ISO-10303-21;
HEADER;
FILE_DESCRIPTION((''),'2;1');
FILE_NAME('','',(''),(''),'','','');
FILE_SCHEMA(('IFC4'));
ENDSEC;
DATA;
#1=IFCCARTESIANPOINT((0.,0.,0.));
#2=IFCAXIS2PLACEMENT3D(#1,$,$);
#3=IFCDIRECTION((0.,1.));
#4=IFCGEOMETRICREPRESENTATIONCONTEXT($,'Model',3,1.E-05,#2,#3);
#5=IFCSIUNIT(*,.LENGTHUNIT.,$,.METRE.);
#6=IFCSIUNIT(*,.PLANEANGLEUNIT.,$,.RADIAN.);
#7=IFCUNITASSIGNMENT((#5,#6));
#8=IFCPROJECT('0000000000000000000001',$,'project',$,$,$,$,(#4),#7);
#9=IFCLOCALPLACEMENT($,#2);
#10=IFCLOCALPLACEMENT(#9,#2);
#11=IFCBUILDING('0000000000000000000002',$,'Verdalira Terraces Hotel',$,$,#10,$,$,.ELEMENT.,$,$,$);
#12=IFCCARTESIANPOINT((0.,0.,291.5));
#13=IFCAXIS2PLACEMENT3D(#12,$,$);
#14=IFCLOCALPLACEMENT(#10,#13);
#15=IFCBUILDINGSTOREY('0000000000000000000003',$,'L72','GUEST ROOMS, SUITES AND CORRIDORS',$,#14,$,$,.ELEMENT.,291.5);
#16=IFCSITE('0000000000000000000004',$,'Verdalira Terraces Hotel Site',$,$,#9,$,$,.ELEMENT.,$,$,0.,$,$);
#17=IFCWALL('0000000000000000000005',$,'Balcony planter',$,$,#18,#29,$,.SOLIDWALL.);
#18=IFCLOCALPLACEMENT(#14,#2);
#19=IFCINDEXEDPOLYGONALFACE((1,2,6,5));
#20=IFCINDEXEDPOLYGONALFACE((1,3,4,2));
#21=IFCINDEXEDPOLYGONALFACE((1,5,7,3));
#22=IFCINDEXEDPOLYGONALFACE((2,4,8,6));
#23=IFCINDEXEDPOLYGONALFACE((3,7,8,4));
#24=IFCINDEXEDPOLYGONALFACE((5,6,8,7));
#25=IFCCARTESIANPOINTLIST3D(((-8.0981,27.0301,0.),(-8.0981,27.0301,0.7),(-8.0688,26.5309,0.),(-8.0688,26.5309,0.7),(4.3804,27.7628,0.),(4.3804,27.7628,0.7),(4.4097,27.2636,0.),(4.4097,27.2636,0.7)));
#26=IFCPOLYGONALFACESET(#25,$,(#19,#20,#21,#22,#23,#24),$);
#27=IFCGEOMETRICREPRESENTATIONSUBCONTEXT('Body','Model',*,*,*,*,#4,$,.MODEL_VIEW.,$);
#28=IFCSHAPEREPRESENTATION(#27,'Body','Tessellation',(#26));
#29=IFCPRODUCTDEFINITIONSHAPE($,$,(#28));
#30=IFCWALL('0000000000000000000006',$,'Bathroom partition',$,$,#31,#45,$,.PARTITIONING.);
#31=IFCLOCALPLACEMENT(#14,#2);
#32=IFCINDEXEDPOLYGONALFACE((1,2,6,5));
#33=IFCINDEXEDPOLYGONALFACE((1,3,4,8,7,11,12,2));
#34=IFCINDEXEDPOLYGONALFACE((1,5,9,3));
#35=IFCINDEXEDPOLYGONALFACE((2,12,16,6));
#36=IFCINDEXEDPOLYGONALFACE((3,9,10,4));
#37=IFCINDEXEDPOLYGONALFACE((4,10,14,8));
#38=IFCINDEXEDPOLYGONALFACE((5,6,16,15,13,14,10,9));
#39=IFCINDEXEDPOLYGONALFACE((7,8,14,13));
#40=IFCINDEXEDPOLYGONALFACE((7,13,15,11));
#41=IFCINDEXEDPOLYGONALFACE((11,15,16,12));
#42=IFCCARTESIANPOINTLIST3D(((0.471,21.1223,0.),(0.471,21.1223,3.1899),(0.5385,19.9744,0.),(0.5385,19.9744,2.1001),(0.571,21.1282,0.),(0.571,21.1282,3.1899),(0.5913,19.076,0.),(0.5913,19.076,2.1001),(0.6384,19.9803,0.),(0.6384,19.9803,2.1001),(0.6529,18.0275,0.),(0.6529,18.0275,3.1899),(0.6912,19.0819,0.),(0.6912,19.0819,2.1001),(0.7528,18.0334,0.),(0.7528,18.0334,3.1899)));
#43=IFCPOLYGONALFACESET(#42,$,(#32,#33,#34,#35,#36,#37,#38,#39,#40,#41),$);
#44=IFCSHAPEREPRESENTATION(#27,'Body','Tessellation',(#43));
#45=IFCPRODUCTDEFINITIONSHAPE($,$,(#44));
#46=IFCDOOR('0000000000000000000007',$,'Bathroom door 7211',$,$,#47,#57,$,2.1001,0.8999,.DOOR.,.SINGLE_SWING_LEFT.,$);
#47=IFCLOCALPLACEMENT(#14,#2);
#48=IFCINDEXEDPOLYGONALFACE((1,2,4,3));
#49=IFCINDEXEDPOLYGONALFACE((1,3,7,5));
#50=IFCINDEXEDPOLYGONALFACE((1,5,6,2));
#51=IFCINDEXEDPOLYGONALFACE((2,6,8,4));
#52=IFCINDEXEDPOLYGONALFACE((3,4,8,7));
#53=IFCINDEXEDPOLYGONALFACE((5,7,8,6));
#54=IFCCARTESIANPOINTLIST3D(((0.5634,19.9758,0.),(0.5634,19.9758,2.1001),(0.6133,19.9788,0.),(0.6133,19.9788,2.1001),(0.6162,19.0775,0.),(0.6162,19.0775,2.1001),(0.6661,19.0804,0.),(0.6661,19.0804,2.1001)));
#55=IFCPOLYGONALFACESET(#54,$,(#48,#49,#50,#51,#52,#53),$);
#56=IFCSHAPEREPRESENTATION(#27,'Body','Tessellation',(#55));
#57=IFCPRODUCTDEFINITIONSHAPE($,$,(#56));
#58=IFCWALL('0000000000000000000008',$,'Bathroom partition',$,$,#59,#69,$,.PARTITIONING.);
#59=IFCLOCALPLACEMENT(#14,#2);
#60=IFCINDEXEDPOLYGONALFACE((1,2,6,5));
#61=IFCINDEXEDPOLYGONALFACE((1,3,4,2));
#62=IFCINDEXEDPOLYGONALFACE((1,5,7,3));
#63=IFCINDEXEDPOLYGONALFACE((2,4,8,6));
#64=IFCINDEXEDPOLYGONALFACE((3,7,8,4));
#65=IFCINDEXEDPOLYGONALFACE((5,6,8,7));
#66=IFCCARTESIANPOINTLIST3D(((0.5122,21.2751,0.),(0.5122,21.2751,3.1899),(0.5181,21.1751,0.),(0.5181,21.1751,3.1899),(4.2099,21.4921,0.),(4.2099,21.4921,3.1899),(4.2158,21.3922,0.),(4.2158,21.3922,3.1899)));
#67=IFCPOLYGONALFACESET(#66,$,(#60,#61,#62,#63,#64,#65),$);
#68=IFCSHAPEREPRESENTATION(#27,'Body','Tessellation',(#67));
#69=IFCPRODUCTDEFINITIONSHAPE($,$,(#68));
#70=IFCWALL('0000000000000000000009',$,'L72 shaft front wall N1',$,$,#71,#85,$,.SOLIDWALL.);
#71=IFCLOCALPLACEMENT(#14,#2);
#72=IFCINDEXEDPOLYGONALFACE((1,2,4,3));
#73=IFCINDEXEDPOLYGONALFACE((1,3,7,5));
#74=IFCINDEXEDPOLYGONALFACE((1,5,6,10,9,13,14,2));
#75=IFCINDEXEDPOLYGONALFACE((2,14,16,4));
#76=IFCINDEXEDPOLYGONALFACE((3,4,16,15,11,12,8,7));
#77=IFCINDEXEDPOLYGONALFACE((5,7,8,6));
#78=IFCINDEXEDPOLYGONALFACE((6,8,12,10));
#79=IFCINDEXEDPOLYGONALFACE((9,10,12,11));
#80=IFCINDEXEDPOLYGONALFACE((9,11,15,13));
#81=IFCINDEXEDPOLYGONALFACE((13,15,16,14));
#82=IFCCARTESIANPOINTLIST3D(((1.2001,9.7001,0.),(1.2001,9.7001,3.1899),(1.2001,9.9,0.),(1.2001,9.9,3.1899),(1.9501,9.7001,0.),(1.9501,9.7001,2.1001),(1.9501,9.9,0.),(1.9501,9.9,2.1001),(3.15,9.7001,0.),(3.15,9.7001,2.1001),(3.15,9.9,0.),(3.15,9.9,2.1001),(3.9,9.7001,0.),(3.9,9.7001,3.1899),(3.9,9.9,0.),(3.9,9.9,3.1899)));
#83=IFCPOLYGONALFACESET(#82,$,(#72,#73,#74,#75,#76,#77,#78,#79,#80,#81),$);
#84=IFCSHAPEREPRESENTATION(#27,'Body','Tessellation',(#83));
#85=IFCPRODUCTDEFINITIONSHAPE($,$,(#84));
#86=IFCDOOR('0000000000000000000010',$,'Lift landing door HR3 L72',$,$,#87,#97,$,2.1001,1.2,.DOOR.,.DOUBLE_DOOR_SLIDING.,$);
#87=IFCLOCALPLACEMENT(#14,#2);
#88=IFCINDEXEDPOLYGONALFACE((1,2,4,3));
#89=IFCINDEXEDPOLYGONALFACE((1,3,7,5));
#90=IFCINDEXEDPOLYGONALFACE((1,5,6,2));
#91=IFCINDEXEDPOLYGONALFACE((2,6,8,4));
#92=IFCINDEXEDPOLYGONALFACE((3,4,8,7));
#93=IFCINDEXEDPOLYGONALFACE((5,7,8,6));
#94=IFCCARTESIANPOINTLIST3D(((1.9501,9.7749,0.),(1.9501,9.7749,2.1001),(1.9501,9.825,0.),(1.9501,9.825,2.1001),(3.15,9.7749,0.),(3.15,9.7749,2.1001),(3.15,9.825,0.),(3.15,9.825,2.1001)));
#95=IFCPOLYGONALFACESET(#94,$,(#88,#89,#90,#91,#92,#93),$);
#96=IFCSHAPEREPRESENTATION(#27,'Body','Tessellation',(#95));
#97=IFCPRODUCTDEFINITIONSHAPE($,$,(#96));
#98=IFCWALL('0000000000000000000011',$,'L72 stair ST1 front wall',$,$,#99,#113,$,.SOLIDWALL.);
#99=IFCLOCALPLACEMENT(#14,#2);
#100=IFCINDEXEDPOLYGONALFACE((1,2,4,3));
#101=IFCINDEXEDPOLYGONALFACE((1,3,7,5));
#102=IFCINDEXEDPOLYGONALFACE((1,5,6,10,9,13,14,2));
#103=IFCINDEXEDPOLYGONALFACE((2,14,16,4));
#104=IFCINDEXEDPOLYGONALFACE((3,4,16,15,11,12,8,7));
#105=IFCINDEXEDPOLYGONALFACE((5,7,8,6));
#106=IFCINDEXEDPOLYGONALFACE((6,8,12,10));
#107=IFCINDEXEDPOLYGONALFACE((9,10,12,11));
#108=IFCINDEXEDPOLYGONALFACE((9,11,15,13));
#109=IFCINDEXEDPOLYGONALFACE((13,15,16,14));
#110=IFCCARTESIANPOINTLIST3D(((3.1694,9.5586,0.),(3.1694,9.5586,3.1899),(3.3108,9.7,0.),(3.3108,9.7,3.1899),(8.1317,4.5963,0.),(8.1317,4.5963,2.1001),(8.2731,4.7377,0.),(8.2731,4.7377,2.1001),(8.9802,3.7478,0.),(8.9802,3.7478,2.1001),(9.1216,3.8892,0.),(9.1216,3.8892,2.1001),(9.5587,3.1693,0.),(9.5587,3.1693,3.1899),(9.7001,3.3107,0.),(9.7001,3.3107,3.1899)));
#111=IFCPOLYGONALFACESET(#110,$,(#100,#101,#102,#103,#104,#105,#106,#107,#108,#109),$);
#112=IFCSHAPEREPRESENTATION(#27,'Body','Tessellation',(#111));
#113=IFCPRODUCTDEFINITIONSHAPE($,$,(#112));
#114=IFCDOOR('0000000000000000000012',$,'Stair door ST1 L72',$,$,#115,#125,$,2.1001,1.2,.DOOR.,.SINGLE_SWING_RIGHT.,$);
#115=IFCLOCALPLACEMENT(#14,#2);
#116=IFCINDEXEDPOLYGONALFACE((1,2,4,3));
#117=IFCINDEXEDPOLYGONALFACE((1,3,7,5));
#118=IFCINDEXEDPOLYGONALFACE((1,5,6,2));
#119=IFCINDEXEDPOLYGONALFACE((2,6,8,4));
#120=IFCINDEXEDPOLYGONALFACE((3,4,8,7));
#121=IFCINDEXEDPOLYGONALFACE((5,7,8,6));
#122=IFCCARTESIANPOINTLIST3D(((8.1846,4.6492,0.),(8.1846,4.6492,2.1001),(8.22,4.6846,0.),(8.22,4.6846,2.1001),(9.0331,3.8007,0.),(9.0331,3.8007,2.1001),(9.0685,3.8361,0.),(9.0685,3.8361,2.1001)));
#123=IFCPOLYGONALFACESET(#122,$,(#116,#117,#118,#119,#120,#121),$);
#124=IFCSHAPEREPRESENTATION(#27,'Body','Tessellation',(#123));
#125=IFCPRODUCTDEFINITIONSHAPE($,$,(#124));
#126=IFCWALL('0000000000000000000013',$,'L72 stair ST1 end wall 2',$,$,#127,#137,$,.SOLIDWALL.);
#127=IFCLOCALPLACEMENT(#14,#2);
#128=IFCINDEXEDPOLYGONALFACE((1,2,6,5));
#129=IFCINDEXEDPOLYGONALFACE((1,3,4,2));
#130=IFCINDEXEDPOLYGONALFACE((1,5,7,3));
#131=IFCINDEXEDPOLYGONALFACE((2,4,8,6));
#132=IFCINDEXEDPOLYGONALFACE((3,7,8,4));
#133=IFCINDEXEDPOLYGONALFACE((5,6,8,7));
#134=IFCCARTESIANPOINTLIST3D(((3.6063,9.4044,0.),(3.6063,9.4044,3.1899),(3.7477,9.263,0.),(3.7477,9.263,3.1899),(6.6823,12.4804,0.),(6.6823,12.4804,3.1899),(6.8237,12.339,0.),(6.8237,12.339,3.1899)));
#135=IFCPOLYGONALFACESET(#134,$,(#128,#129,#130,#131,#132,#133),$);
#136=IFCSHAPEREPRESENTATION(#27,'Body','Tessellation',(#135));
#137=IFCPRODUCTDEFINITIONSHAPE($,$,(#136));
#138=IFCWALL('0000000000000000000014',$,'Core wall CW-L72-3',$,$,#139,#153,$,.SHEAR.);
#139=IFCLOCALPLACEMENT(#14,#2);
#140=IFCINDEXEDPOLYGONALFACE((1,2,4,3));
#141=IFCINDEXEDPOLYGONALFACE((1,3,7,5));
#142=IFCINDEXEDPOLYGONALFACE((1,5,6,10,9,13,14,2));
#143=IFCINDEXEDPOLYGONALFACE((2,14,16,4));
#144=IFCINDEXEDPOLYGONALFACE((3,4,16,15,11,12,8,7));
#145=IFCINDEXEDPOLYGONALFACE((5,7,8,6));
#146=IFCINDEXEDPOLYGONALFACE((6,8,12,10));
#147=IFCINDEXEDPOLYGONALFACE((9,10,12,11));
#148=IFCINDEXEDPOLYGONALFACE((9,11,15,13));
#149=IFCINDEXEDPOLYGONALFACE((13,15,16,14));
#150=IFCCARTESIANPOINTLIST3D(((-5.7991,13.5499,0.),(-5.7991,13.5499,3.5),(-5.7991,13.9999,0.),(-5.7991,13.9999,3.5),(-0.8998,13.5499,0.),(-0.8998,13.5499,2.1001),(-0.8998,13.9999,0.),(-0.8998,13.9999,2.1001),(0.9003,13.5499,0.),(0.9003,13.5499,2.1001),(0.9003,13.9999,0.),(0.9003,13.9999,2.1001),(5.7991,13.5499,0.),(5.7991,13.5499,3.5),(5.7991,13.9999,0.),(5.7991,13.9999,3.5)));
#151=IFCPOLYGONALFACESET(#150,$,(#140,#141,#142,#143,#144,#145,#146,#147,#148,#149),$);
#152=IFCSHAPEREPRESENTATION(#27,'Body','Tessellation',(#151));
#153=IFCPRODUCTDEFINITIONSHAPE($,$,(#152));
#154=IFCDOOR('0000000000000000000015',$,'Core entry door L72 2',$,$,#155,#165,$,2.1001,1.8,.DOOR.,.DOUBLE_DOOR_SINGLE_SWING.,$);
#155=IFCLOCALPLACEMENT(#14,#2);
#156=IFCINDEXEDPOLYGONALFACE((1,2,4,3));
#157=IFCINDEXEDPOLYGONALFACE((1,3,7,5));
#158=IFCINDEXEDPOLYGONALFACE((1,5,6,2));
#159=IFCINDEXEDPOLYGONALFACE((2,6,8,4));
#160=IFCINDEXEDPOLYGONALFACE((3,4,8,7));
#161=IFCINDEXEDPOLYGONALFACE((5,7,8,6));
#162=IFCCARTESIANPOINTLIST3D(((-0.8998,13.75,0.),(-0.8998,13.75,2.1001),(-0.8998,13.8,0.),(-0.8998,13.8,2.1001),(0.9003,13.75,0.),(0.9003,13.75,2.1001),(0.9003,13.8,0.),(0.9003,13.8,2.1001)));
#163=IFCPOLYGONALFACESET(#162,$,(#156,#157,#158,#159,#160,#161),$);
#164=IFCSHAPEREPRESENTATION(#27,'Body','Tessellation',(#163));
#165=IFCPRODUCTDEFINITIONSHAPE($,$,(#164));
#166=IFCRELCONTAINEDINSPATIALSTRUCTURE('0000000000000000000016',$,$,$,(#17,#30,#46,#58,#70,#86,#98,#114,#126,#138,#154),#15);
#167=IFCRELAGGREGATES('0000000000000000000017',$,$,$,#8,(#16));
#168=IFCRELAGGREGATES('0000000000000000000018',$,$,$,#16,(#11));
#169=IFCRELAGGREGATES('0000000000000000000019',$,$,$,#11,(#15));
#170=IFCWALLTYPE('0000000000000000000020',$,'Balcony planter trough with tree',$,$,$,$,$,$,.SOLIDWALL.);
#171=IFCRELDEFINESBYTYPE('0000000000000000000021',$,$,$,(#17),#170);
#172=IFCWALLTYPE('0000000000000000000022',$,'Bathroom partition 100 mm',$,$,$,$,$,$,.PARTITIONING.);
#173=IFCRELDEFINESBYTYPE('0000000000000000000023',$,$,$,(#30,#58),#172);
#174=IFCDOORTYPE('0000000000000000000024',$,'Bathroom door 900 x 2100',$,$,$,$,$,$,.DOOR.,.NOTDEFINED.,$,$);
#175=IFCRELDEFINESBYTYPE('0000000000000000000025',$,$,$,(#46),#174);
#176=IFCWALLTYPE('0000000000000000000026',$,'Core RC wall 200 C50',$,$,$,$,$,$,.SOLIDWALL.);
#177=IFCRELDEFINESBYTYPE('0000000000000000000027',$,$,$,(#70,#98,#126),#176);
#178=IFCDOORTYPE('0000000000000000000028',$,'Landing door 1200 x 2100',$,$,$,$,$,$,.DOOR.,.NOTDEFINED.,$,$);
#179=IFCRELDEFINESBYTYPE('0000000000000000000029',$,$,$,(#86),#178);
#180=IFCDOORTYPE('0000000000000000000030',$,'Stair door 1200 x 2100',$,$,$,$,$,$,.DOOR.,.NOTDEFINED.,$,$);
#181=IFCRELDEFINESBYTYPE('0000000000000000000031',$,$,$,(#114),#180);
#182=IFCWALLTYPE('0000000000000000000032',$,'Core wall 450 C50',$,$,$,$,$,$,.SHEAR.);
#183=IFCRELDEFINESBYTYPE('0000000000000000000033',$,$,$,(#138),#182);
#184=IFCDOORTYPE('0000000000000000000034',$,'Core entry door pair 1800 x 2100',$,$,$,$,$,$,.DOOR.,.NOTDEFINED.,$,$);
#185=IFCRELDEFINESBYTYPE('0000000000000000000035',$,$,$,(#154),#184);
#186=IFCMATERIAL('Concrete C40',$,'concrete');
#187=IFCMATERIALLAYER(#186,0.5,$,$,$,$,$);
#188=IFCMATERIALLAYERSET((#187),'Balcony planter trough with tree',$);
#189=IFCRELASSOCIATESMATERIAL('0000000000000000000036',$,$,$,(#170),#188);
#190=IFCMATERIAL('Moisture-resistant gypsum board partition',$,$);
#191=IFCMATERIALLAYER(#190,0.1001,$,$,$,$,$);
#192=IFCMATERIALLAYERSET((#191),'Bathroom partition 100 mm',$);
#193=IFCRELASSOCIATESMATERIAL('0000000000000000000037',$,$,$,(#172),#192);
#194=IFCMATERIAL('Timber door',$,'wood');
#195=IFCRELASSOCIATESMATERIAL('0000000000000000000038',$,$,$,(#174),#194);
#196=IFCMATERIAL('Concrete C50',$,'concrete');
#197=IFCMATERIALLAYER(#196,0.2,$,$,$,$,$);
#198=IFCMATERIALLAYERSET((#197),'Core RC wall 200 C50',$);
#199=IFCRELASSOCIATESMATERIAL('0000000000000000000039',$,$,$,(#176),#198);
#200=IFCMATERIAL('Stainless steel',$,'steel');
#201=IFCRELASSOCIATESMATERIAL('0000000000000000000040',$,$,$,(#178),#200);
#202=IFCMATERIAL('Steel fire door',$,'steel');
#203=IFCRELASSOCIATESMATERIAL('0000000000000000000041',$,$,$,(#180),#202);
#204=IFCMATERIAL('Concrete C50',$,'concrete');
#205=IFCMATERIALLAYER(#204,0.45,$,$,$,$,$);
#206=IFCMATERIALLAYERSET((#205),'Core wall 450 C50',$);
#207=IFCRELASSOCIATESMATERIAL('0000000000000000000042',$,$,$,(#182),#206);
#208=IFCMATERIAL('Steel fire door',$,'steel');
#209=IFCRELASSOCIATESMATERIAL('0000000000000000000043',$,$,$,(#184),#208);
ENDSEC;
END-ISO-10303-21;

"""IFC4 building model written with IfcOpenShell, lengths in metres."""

from ifc_helpers import new_model, si_unit, direction, frame, frame_2d, origin, place, context, subcontext, project, spatial, rectangle, extrude, material, layer, layer_set, type_object, element, fill, save


model = new_model("IFC4")

# Units and contexts
model_context = context("Model", 3, precision=1e-05, world=origin(), true_north=direction((0.0, 1.0)))
body_context = subcontext(model_context, "Body", "Model", "MODEL_VIEW")
ifc_project = project(units=[si_unit("LENGTHUNIT", "METRE"), si_unit("PLANEANGLEUNIT", "RADIAN")], contexts=[model_context])

# Site, building, storey
site_placement = place(None, origin())
site = spatial("IfcSite", under=ifc_project, at=site_placement, Name="Verdalira Terraces Hotel Site", CompositionType="ELEMENT", RefElevation=0.0)
building_placement = place(site_placement, origin())
building = spatial("IfcBuilding", under=site, at=building_placement, Name="Verdalira Terraces Hotel", CompositionType="ELEMENT")
storey_placement = place(building_placement, frame((0.0, 0.0, 291.5)))
storey = spatial("IfcBuildingStorey", under=building, at=storey_placement, Name="L72", Description="GUEST ROOMS, SUITES AND CORRIDORS", CompositionType="ELEMENT", Elevation=291.5)

# Wall
ifc_material_1 = material(Name="Concrete C40", Category="concrete")
ifc_layer_1 = layer(ifc_material_1, 0.5)
ifc_layer_set_1 = layer_set([ifc_layer_1], Name="Balcony planter trough with tree")
wall_type_1 = type_object("IfcWallType", Name="Balcony planter trough with tree", PredefinedType="SOLIDWALL", material=ifc_layer_set_1)
wall_1_placement = place(storey_placement, frame((4.395, 27.5132, 0.0), z_axis=(0.0, 0.0, 1.0), x_axis=(-0.998281, -0.058613, 0.0)))
element("IfcWall", 1, at=wall_1_placement, inside=storey, type_object=wall_type_1, Name="Balcony planter", PredefinedType="SOLIDWALL", context=body_context, shape_type="SweptSolid", body=[
    extrude(rectangle(XDim=12.5, YDim=0.5, at=frame_2d((6.25, 0.0))), origin(), (0.0, 0.0, 1.0), 0.7),
])

# Wall, opening, door
ifc_material_2 = material(Name="Moisture-resistant gypsum board partition")
ifc_layer_2 = layer(ifc_material_2, 0.1001)
ifc_layer_set_2 = layer_set([ifc_layer_2], Name="Bathroom partition 100 mm")
wall_type_2 = type_object("IfcWallType", Name="Bathroom partition 100 mm", PredefinedType="PARTITIONING", material=ifc_layer_set_2)
wall_2_placement = place(storey_placement, frame((0.521, 21.1252, 0.0), z_axis=(0.0, 0.0, 1.0), x_axis=(0.058671, -0.998277, 0.0)))
wall_2 = element("IfcWall", 2, at=wall_2_placement, inside=storey, type_object=wall_type_2, Name="Bathroom partition", PredefinedType="PARTITIONING", context=body_context, shape_type="SweptSolid", body=[
    extrude(rectangle(XDim=3.1001, YDim=0.1001, at=frame_2d((1.55, 0.0))), origin(), (0.0, 0.0, 1.0), 3.1899),
])
opening_1_placement = place(wall_2_placement, frame((1.1499, 0.0, 0.0)))
opening_1 = element("IfcOpeningElement", 3, at=opening_1_placement, cuts=wall_2, PredefinedType="OPENING", context=body_context, shape_type="SweptSolid", body=[
    extrude(rectangle(XDim=0.8999, YDim=2.1001, at=frame_2d((0.45, 1.05))), frame((0.0, 0.0601, 0.0), z_axis=(0.0, -1.0, 0.0), x_axis=(1.0, 0.0, 0.0)), (0.0, 0.0, 1.0), 0.1201),
])
ifc_material_3 = material(Name="Timber door", Category="wood")
door_type_1 = type_object("IfcDoorType", Name="Bathroom door 900 x 2100", OperationType="NOTDEFINED", PredefinedType="DOOR", material=ifc_material_3)
door_1_placement = place(opening_1_placement, origin())
door_1 = element("IfcDoor", 4, at=door_1_placement, inside=storey, type_object=door_type_1, Name="Bathroom door 7211", OperationType="SINGLE_SWING_LEFT", OverallHeight=2.1001, OverallWidth=0.8999, PredefinedType="DOOR", context=body_context, shape_type="SweptSolid", body=[
    extrude(rectangle(XDim=0.8999, YDim=2.1001, at=frame_2d((0.45, 1.05))), frame((0.0, 0.0249, 0.0), z_axis=(0.0, -1.0, 0.0), x_axis=(1.0, 0.0, 0.0)), (0.0, 0.0, 1.0), 0.05),
])
fill(opening_1, door_1)

# Wall
wall_3_placement = place(storey_placement, frame((0.5151, 21.2251, 0.0), z_axis=(0.0, 0.0, 1.0), x_axis=(0.998282, 0.058595, 0.0)))
element("IfcWall", 5, at=wall_3_placement, inside=storey, type_object=wall_type_2, Name="Bathroom partition", PredefinedType="PARTITIONING", context=body_context, shape_type="SweptSolid", body=[
    extrude(rectangle(XDim=3.7041, YDim=0.1001, at=frame_2d((1.8521, 0.0))), origin(), (0.0, 0.0, 1.0), 3.1899),
])

# Walls, openings, doors
ifc_material_4 = material(Name="Concrete C50", Category="concrete")
ifc_layer_3 = layer(ifc_material_4, 0.2)
ifc_layer_set_3 = layer_set([ifc_layer_3], Name="Core RC wall 200 C50")
wall_type_3 = type_object("IfcWallType", Name="Core RC wall 200 C50", PredefinedType="SOLIDWALL", material=ifc_layer_set_3)
wall_4_placement = place(storey_placement, frame((1.2, 9.8, 0.0), z_axis=(0.0, 0.0, 1.0), x_axis=(1.0, 0.0, 0.0)))
wall_4 = element("IfcWall", 6, at=wall_4_placement, inside=storey, type_object=wall_type_3, Name="L72 shaft front wall N1", PredefinedType="SOLIDWALL", context=body_context, shape_type="SweptSolid", body=[
    extrude(rectangle(XDim=2.7, YDim=0.2, at=frame_2d((1.3501, 0.0))), origin(), (0.0, 0.0, 1.0), 3.1899),
])
opening_2_placement = place(wall_4_placement, frame((0.75, 0.0, 0.0)))
opening_2 = element("IfcOpeningElement", 7, at=opening_2_placement, cuts=wall_4, PredefinedType="OPENING", context=body_context, shape_type="SweptSolid", body=[
    extrude(rectangle(XDim=1.2, YDim=2.1001, at=frame_2d((0.6001, 1.05))), frame((0.0, 0.1099, 0.0), z_axis=(0.0, -1.0, 0.0), x_axis=(1.0, 0.0, 0.0)), (0.0, 0.0, 1.0), 0.22),
])
ifc_material_5 = material(Name="Stainless steel", Category="steel")
door_type_2 = type_object("IfcDoorType", Name="Landing door 1200 x 2100", OperationType="NOTDEFINED", PredefinedType="DOOR", material=ifc_material_5)
door_2_placement = place(opening_2_placement, origin())
door_2 = element("IfcDoor", 8, at=door_2_placement, inside=storey, type_object=door_type_2, Name="Lift landing door HR3 L72", OperationType="DOUBLE_DOOR_SLIDING", OverallHeight=2.1001, OverallWidth=1.2, PredefinedType="DOOR", context=body_context, shape_type="SweptSolid", body=[
    extrude(rectangle(XDim=1.2, YDim=2.1001, at=frame_2d((0.6001, 1.05))), frame((0.0, 0.0249, 0.0), z_axis=(0.0, -1.0, 0.0), x_axis=(1.0, 0.0, 0.0)), (0.0, 0.0, 1.0), 0.05),
])
fill(opening_2, door_2)
wall_5_placement = place(storey_placement, frame((3.24, 9.6294, 0.0), z_axis=(0.0, 0.0, 1.0), x_axis=(0.707107, -0.707107, 0.0)))
wall_5 = element("IfcWall", 9, at=wall_5_placement, inside=storey, type_object=wall_type_3, Name="L72 stair ST1 front wall", PredefinedType="SOLIDWALL", context=body_context, shape_type="SweptSolid", body=[
    extrude(rectangle(XDim=9.0359, YDim=0.2, at=frame_2d((4.5181, 0.0))), origin(), (0.0, 0.0, 1.0), 3.1899),
])
opening_3_placement = place(wall_5_placement, frame((7.0178, 0.0, 0.0)))
opening_3 = element("IfcOpeningElement", 10, at=opening_3_placement, cuts=wall_5, PredefinedType="OPENING", context=body_context, shape_type="SweptSolid", body=[
    extrude(rectangle(XDim=1.2, YDim=2.1001, at=frame_2d((0.6001, 1.05))), frame((0.0, 0.1099, 0.0), z_axis=(0.0, -1.0, 0.0), x_axis=(1.0, 0.0, 0.0)), (0.0, 0.0, 1.0), 0.22),
])
ifc_material_6 = material(Name="Steel fire door", Category="steel")
door_type_3 = type_object("IfcDoorType", Name="Stair door 1200 x 2100", OperationType="NOTDEFINED", PredefinedType="DOOR", material=ifc_material_6)
door_3_placement = place(opening_3_placement, origin())
door_3 = element("IfcDoor", 11, at=door_3_placement, inside=storey, type_object=door_type_3, Name="Stair door ST1 L72", OperationType="SINGLE_SWING_RIGHT", OverallHeight=2.1001, OverallWidth=1.2, PredefinedType="DOOR", context=body_context, shape_type="SweptSolid", body=[
    extrude(rectangle(XDim=1.2, YDim=2.1001, at=frame_2d((0.6001, 1.05))), frame((0.0, 0.0249, 0.0), z_axis=(0.0, -1.0, 0.0), x_axis=(1.0, 0.0, 0.0)), (0.0, 0.0, 1.0), 0.05),
])
fill(opening_3, door_3)

# Wall
wall_6_placement = place(storey_placement, frame((3.677, 9.3337, 0.0), z_axis=(0.0, 0.0, 1.0), x_axis=(0.707107, 0.707107, 0.0)))
element("IfcWall", 12, at=wall_6_placement, inside=storey, type_object=wall_type_3, Name="L72 stair ST1 end wall 2", PredefinedType="SOLIDWALL", context=body_context, shape_type="SweptSolid", body=[
    extrude(rectangle(XDim=4.3501, YDim=0.2, at=frame_2d((2.175, 0.0))), origin(), (0.0, 0.0, 1.0), 3.1899),
])

# Wall, opening, door
ifc_material_7 = material(Name="Concrete C50", Category="concrete")
ifc_layer_4 = layer(ifc_material_7, 0.45)
ifc_layer_set_4 = layer_set([ifc_layer_4], Name="Core wall 450 C50")
wall_type_4 = type_object("IfcWallType", Name="Core wall 450 C50", PredefinedType="SHEAR", material=ifc_layer_set_4)
wall_7_placement = place(storey_placement, frame((5.7991, 13.7749, 0.0), z_axis=(0.0, 0.0, 1.0), x_axis=(-1.0, 0.0, 0.0)))
wall_7 = element("IfcWall", 13, at=wall_7_placement, inside=storey, type_object=wall_type_4, Name="Core wall CW-L72-3", PredefinedType="SHEAR", context=body_context, shape_type="SweptSolid", body=[
    extrude(rectangle(XDim=11.5981, YDim=0.45, at=frame_2d((5.7991, 0.0))), origin(), (0.0, 0.0, 1.0), 3.5),
])
opening_4_placement = place(wall_7_placement, frame((4.8989, 0.0, 0.0)))
opening_4 = element("IfcOpeningElement", 14, at=opening_4_placement, cuts=wall_7, PredefinedType="OPENING", context=body_context, shape_type="SweptSolid", body=[
    extrude(rectangle(XDim=1.8, YDim=2.1001, at=frame_2d((0.8999, 1.05))), frame((0.0, 0.2349, 0.0), z_axis=(0.0, -1.0, 0.0), x_axis=(1.0, 0.0, 0.0)), (0.0, 0.0, 1.0), 0.47),
])
ifc_material_8 = material(Name="Steel fire door", Category="steel")
door_type_4 = type_object("IfcDoorType", Name="Core entry door pair 1800 x 2100", OperationType="NOTDEFINED", PredefinedType="DOOR", material=ifc_material_8)
door_4_placement = place(opening_4_placement, origin())
door_4 = element("IfcDoor", 15, at=door_4_placement, inside=storey, type_object=door_type_4, Name="Core entry door L72 2", OperationType="DOUBLE_DOOR_SINGLE_SWING", OverallHeight=2.1001, OverallWidth=1.8, PredefinedType="DOOR", context=body_context, shape_type="SweptSolid", body=[
    extrude(rectangle(XDim=1.8, YDim=2.1001, at=frame_2d((0.8999, 1.05))), frame((0.0, 0.0249, 0.0), z_axis=(0.0, -1.0, 0.0), x_axis=(1.0, 0.0, 0.0)), (0.0, 0.0, 1.0), 0.05),
])
fill(opening_4, door_4)

save(model, "model.ifc")
